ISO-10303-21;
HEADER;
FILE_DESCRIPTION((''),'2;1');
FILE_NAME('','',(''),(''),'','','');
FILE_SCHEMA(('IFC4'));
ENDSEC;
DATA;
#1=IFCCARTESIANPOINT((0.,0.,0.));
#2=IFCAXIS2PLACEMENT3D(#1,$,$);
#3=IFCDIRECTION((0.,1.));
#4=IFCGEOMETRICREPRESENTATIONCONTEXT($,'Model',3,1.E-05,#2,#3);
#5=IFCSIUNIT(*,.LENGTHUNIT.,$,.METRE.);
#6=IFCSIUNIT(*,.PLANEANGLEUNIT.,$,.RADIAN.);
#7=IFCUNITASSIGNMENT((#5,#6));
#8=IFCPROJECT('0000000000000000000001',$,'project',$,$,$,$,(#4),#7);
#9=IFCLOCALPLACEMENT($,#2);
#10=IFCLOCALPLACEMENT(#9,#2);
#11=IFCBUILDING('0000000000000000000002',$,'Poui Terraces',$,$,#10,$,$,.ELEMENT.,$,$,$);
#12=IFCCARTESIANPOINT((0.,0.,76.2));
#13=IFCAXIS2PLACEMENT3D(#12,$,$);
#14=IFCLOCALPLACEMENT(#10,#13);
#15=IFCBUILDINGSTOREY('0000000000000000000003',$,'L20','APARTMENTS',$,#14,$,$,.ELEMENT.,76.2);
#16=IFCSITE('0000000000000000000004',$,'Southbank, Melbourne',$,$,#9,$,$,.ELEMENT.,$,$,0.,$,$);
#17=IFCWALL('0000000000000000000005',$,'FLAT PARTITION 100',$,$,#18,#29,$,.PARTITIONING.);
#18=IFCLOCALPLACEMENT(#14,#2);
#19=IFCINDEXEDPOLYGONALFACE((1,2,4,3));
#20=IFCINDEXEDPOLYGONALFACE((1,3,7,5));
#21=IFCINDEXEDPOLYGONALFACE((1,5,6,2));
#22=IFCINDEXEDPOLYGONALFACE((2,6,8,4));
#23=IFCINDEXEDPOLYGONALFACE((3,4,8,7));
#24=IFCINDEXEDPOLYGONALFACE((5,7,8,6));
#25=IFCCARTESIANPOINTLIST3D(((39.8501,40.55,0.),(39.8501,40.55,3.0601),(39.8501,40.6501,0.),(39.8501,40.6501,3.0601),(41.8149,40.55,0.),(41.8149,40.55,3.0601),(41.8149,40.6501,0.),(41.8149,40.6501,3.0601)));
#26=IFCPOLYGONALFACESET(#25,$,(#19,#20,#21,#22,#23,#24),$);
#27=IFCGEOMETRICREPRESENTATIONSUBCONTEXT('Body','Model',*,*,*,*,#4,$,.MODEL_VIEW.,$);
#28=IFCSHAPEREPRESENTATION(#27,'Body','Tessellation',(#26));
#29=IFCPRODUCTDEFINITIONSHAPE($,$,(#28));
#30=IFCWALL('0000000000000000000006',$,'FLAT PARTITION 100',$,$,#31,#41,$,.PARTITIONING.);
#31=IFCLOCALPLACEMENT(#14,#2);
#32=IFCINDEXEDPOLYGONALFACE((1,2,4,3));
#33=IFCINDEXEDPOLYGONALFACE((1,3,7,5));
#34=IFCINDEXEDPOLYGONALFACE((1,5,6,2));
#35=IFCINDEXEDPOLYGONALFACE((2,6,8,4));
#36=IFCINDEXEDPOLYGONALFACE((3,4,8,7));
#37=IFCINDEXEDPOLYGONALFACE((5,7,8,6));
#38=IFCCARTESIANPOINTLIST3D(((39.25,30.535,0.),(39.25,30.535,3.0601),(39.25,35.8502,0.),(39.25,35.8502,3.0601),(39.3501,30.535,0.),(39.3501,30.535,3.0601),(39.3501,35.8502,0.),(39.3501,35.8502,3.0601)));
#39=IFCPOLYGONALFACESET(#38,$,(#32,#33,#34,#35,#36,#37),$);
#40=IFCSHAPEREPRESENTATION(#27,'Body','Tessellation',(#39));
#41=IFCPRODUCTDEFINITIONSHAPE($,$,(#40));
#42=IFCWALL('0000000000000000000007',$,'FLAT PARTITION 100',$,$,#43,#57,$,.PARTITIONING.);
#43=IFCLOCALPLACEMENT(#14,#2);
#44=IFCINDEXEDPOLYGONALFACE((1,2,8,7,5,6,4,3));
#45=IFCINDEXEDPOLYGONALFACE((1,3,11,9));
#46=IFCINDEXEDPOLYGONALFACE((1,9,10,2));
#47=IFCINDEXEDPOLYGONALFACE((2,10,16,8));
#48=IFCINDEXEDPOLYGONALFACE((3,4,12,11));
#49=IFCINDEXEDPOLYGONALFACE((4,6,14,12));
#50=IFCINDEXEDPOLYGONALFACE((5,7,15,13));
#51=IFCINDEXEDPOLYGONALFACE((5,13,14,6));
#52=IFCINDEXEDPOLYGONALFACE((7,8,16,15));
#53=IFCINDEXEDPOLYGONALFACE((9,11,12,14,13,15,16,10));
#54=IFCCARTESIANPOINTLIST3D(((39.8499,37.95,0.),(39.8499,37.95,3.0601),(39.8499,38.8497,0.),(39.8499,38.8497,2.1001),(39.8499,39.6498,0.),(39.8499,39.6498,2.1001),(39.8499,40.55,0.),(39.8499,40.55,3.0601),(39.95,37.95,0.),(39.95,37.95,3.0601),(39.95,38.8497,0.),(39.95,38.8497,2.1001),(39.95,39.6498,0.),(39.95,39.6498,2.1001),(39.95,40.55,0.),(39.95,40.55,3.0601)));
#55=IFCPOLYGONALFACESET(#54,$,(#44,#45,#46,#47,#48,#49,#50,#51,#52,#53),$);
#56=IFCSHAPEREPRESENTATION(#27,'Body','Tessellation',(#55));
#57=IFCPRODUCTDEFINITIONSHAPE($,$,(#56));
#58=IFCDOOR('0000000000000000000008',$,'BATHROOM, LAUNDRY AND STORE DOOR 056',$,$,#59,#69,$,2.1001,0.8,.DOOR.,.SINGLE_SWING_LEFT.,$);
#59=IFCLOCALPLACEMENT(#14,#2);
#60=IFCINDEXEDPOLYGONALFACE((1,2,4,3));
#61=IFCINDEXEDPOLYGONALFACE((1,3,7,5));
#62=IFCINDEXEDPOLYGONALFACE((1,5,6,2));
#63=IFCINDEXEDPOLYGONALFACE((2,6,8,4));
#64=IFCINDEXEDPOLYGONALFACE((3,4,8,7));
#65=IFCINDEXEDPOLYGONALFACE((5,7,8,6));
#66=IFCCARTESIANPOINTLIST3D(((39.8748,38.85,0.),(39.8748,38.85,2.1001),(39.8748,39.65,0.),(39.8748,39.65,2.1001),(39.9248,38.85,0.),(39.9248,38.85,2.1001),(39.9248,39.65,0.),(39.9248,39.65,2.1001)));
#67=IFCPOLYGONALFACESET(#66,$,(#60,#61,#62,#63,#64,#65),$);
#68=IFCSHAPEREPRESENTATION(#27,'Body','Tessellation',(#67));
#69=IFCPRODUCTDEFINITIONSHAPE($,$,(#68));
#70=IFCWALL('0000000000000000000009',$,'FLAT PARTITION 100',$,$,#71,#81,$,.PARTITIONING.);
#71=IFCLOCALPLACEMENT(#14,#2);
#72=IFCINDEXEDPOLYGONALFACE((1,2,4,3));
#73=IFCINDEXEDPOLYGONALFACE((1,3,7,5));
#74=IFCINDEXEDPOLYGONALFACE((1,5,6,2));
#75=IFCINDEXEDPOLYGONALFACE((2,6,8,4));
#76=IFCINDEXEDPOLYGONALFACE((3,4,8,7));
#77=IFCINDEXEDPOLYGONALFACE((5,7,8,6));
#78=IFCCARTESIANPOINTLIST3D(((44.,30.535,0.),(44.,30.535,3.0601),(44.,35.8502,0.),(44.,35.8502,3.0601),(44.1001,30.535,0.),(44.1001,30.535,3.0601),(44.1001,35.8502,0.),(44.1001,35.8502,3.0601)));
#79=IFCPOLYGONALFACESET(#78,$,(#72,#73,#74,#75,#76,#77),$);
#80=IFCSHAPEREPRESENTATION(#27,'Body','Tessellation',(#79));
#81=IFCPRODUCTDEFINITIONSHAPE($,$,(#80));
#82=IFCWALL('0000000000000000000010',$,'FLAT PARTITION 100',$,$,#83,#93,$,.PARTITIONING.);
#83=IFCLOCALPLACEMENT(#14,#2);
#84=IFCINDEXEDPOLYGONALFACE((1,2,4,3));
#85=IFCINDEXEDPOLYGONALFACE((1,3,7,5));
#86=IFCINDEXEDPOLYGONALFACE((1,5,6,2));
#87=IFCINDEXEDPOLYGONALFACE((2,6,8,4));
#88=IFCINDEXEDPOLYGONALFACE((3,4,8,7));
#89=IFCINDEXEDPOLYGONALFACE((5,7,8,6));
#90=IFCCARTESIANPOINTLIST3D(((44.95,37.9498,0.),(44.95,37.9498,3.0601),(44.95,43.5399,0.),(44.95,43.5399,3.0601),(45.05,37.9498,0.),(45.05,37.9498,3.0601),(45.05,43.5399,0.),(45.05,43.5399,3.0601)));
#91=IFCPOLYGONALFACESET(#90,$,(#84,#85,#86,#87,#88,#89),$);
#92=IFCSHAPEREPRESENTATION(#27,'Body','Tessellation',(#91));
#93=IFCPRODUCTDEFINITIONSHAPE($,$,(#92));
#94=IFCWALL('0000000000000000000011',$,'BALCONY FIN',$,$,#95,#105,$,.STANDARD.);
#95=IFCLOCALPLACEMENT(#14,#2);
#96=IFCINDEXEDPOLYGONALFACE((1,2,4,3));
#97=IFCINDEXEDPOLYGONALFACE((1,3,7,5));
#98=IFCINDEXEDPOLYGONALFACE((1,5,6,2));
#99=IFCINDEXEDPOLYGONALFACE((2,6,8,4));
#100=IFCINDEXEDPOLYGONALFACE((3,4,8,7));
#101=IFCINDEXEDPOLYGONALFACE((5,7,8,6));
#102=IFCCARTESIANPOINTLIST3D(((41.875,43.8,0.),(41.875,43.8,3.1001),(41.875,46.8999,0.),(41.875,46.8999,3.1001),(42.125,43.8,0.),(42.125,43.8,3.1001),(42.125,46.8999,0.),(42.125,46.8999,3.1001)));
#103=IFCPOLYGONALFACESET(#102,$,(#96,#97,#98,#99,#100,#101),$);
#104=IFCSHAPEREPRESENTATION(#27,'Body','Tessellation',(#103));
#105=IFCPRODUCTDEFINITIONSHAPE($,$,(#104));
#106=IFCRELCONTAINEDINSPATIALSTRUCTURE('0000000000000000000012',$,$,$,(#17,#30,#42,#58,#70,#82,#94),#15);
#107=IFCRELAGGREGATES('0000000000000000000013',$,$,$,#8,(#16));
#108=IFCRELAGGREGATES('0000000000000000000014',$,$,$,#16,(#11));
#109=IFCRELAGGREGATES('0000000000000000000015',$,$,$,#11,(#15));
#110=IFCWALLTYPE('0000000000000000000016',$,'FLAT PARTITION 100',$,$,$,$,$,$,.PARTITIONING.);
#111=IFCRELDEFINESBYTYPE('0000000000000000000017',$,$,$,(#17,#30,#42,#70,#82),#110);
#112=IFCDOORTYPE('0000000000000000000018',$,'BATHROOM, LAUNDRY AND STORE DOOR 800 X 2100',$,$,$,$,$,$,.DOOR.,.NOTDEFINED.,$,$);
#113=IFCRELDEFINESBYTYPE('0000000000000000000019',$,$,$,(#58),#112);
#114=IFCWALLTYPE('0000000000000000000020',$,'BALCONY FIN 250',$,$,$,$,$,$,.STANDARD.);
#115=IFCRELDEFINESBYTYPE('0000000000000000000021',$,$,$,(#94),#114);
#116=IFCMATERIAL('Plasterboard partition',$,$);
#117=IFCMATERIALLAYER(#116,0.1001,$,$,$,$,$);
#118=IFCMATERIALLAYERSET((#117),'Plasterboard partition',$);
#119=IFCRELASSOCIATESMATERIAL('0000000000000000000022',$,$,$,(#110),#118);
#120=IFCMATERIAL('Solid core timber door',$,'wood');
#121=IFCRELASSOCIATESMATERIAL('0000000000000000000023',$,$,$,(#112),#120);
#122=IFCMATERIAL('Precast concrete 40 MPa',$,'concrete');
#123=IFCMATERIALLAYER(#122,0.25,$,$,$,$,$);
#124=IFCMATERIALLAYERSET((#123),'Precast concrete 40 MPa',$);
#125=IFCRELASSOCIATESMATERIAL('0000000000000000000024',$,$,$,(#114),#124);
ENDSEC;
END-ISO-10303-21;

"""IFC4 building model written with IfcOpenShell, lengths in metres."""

from ifc_helpers import new_model, si_unit, direction, frame, frame_2d, origin, place, context, subcontext, project, spatial, polyline, rectangle, outline, extrude, source, transform, mapped, material, layer, layer_set, type_object, element, fill, save


model = new_model("IFC4")

# Units and contexts
model_context = context("Model", 3, precision=1e-05, world=origin(), true_north=direction((0.0, 1.0)))
body_context = subcontext(model_context, "Body", "Model", "MODEL_VIEW")
ifc_project = project(units=[si_unit("LENGTHUNIT", "METRE"), si_unit("PLANEANGLEUNIT", "RADIAN")], contexts=[model_context])

# Site, building, storey
site_placement = place(None, origin())
site = spatial("IfcSite", under=ifc_project, at=site_placement, Name="Southbank, Melbourne", CompositionType="ELEMENT", RefElevation=0.0)
building_placement = place(site_placement, origin())
building = spatial("IfcBuilding", under=site, at=building_placement, Name="Poui Terraces", CompositionType="ELEMENT")
storey_placement = place(building_placement, frame((0.0, 0.0, 76.2)))
storey = spatial("IfcBuildingStorey", under=building, at=storey_placement, Name="L20", Description="APARTMENTS", CompositionType="ELEMENT", Elevation=76.2)

# Shared definitions
ifc_material_1 = material(Name="Solid core timber door", Category="wood")
ifc_material_2 = material(Name="Plasterboard partition")
ifc_layer_1 = layer(ifc_material_2, 0.1001)
ifc_layer_set_1 = layer_set([ifc_layer_1], Name="Plasterboard partition")
wall_type_1 = type_object("IfcWallType", Name="FLAT PARTITION 100", PredefinedType="PARTITIONING", material=ifc_layer_set_1)
door_type_1 = type_object("IfcDoorType", Name="BATHROOM, LAUNDRY AND STORE DOOR 800 X 2100", OperationType="NOTDEFINED", PredefinedType="DOOR", material=ifc_material_1)

# Walls
wall_1_placement = place(storey_placement, frame((39.8501, 40.6001, 0.0), z_axis=(0.0, 0.0, 1.0), x_axis=(1.0, 0.0, 0.0)))
element("IfcWall", 1, at=wall_1_placement, inside=storey, type_object=wall_type_1, Name="FLAT PARTITION 100", PredefinedType="PARTITIONING", context=body_context, shape_type="SweptSolid", body=[
    extrude(rectangle(XDim=1.9648, YDim=0.1001, at=frame_2d((0.9824, 0.0))), origin(), (0.0, 0.0, 1.0), 3.0601),
])
wall_2_placement = place(storey_placement, frame((39.3, 30.5349, 0.0), z_axis=(0.0, 0.0, 1.0), x_axis=(0.0, 1.0, 0.0)))
element("IfcWall", 2, at=wall_2_placement, inside=storey, type_object=wall_type_1, Name="FLAT PARTITION 100", PredefinedType="PARTITIONING", context=body_context, shape_type="SweptSolid", body=[
    extrude(rectangle(XDim=5.3152, YDim=0.1001, at=frame_2d((2.6577, 0.0))), origin(), (0.0, 0.0, 1.0), 3.0601),
])

# Wall, opening, door
wall_3_placement = place(storey_placement, frame((39.8999, 37.95, 0.0), z_axis=(0.0, 0.0, 1.0), x_axis=(0.0, 1.0, 0.0)))
wall_3 = element("IfcWall", 3, at=wall_3_placement, inside=storey, type_object=wall_type_1, Name="FLAT PARTITION 100", PredefinedType="PARTITIONING", context=body_context, shape_type="SweptSolid", body=[
    extrude(rectangle(XDim=2.6001, YDim=0.1001, at=frame_2d((1.3, 0.0))), origin(), (0.0, 0.0, 1.0), 3.0601),
])
opening_1_placement = place(wall_3_placement, frame((0.8999, 0.0, 0.0)))
opening_1 = element("IfcOpeningElement", 4, at=opening_1_placement, cuts=wall_3, PredefinedType="OPENING", context=body_context, shape_type="SweptSolid", body=[
    extrude(rectangle(XDim=0.8, YDim=2.1001, at=frame_2d((0.3999, 1.05))), frame((0.0, 0.0601, 0.0), z_axis=(0.0, -1.0, 0.0), x_axis=(1.0, 0.0, 0.0)), (0.0, 0.0, 1.0), 0.1201),
])
door_1_placement = place(opening_1_placement, frame((0.8, 0.0, 0.0), z_axis=(0.0, 0.0, 1.0), x_axis=(-1.0, 0.0, 0.0)))
door_1 = element("IfcDoor", 5, at=door_1_placement, inside=storey, type_object=door_type_1, Name="BATHROOM, LAUNDRY AND STORE DOOR 056", OperationType="SINGLE_SWING_LEFT", OverallHeight=2.1001, OverallWidth=0.8, PredefinedType="DOOR", context=body_context, shape_type="SweptSolid", body=[
    extrude(rectangle(XDim=0.8, YDim=2.1001, at=frame_2d((0.3999, 1.05))), frame((0.0, 0.0249, 0.0), z_axis=(0.0, -1.0, 0.0), x_axis=(1.0, 0.0, 0.0)), (0.0, 0.0, 1.0), 0.05),
])
fill(opening_1, door_1)

# Walls
wall_4_placement = place(storey_placement, frame((44.05, 30.5349, 0.0), z_axis=(0.0, 0.0, 1.0), x_axis=(0.0, 1.0, 0.0)))
element("IfcWall", 6, at=wall_4_placement, inside=storey, type_object=wall_type_1, Name="FLAT PARTITION 100", PredefinedType="PARTITIONING", context=body_context, shape_type="SweptSolid", body=[
    extrude(rectangle(XDim=5.3152, YDim=0.1001, at=frame_2d((2.6577, 0.0))), origin(), (0.0, 0.0, 1.0), 3.0601),
])
wall_5_placement = place(storey_placement, frame((45.0, 37.95, 0.0), z_axis=(0.0, 0.0, 1.0), x_axis=(0.0, 1.0, 0.0)))
element("IfcWall", 7, at=wall_5_placement, inside=storey, type_object=wall_type_1, Name="FLAT PARTITION 100", PredefinedType="PARTITIONING", context=body_context, shape_type="SweptSolid", body=[
    extrude(rectangle(XDim=5.5901, YDim=0.1001, at=frame_2d((2.7949, 0.0))), origin(), (0.0, 0.0, 1.0), 3.0601),
])
ifc_material_3 = material(Name="Precast concrete 40 MPa", Category="concrete")
ifc_layer_2 = layer(ifc_material_3, 0.25)
ifc_layer_set_2 = layer_set([ifc_layer_2], Name="Precast concrete 40 MPa")
wall_type_2 = type_object("IfcWallType", Name="BALCONY FIN 250", PredefinedType="STANDARD", material=ifc_layer_set_2)
shared_shape_1 = source(origin(), body_context, "Body", "SweptSolid", [
    extrude(outline(polyline([(0.0, 0.0), (0.25, 0.0), (0.25, 3.0999), (0.0, 3.0999), (0.0, 0.0)])), origin(), (0.0, 0.0, 1.0), 3.1001),
])
wall_6_placement = place(storey_placement, frame((41.875, 43.8, 0.0)))
element("IfcWall", 8, at=wall_6_placement, inside=storey, type_object=wall_type_2, Name="BALCONY FIN", PredefinedType="STANDARD", context=body_context, shape_type="MappedRepresentation", body=[
    mapped(shared_shape_1, transform((0.0, 0.0, 0.0))),
])

save(model, "model.ifc")
